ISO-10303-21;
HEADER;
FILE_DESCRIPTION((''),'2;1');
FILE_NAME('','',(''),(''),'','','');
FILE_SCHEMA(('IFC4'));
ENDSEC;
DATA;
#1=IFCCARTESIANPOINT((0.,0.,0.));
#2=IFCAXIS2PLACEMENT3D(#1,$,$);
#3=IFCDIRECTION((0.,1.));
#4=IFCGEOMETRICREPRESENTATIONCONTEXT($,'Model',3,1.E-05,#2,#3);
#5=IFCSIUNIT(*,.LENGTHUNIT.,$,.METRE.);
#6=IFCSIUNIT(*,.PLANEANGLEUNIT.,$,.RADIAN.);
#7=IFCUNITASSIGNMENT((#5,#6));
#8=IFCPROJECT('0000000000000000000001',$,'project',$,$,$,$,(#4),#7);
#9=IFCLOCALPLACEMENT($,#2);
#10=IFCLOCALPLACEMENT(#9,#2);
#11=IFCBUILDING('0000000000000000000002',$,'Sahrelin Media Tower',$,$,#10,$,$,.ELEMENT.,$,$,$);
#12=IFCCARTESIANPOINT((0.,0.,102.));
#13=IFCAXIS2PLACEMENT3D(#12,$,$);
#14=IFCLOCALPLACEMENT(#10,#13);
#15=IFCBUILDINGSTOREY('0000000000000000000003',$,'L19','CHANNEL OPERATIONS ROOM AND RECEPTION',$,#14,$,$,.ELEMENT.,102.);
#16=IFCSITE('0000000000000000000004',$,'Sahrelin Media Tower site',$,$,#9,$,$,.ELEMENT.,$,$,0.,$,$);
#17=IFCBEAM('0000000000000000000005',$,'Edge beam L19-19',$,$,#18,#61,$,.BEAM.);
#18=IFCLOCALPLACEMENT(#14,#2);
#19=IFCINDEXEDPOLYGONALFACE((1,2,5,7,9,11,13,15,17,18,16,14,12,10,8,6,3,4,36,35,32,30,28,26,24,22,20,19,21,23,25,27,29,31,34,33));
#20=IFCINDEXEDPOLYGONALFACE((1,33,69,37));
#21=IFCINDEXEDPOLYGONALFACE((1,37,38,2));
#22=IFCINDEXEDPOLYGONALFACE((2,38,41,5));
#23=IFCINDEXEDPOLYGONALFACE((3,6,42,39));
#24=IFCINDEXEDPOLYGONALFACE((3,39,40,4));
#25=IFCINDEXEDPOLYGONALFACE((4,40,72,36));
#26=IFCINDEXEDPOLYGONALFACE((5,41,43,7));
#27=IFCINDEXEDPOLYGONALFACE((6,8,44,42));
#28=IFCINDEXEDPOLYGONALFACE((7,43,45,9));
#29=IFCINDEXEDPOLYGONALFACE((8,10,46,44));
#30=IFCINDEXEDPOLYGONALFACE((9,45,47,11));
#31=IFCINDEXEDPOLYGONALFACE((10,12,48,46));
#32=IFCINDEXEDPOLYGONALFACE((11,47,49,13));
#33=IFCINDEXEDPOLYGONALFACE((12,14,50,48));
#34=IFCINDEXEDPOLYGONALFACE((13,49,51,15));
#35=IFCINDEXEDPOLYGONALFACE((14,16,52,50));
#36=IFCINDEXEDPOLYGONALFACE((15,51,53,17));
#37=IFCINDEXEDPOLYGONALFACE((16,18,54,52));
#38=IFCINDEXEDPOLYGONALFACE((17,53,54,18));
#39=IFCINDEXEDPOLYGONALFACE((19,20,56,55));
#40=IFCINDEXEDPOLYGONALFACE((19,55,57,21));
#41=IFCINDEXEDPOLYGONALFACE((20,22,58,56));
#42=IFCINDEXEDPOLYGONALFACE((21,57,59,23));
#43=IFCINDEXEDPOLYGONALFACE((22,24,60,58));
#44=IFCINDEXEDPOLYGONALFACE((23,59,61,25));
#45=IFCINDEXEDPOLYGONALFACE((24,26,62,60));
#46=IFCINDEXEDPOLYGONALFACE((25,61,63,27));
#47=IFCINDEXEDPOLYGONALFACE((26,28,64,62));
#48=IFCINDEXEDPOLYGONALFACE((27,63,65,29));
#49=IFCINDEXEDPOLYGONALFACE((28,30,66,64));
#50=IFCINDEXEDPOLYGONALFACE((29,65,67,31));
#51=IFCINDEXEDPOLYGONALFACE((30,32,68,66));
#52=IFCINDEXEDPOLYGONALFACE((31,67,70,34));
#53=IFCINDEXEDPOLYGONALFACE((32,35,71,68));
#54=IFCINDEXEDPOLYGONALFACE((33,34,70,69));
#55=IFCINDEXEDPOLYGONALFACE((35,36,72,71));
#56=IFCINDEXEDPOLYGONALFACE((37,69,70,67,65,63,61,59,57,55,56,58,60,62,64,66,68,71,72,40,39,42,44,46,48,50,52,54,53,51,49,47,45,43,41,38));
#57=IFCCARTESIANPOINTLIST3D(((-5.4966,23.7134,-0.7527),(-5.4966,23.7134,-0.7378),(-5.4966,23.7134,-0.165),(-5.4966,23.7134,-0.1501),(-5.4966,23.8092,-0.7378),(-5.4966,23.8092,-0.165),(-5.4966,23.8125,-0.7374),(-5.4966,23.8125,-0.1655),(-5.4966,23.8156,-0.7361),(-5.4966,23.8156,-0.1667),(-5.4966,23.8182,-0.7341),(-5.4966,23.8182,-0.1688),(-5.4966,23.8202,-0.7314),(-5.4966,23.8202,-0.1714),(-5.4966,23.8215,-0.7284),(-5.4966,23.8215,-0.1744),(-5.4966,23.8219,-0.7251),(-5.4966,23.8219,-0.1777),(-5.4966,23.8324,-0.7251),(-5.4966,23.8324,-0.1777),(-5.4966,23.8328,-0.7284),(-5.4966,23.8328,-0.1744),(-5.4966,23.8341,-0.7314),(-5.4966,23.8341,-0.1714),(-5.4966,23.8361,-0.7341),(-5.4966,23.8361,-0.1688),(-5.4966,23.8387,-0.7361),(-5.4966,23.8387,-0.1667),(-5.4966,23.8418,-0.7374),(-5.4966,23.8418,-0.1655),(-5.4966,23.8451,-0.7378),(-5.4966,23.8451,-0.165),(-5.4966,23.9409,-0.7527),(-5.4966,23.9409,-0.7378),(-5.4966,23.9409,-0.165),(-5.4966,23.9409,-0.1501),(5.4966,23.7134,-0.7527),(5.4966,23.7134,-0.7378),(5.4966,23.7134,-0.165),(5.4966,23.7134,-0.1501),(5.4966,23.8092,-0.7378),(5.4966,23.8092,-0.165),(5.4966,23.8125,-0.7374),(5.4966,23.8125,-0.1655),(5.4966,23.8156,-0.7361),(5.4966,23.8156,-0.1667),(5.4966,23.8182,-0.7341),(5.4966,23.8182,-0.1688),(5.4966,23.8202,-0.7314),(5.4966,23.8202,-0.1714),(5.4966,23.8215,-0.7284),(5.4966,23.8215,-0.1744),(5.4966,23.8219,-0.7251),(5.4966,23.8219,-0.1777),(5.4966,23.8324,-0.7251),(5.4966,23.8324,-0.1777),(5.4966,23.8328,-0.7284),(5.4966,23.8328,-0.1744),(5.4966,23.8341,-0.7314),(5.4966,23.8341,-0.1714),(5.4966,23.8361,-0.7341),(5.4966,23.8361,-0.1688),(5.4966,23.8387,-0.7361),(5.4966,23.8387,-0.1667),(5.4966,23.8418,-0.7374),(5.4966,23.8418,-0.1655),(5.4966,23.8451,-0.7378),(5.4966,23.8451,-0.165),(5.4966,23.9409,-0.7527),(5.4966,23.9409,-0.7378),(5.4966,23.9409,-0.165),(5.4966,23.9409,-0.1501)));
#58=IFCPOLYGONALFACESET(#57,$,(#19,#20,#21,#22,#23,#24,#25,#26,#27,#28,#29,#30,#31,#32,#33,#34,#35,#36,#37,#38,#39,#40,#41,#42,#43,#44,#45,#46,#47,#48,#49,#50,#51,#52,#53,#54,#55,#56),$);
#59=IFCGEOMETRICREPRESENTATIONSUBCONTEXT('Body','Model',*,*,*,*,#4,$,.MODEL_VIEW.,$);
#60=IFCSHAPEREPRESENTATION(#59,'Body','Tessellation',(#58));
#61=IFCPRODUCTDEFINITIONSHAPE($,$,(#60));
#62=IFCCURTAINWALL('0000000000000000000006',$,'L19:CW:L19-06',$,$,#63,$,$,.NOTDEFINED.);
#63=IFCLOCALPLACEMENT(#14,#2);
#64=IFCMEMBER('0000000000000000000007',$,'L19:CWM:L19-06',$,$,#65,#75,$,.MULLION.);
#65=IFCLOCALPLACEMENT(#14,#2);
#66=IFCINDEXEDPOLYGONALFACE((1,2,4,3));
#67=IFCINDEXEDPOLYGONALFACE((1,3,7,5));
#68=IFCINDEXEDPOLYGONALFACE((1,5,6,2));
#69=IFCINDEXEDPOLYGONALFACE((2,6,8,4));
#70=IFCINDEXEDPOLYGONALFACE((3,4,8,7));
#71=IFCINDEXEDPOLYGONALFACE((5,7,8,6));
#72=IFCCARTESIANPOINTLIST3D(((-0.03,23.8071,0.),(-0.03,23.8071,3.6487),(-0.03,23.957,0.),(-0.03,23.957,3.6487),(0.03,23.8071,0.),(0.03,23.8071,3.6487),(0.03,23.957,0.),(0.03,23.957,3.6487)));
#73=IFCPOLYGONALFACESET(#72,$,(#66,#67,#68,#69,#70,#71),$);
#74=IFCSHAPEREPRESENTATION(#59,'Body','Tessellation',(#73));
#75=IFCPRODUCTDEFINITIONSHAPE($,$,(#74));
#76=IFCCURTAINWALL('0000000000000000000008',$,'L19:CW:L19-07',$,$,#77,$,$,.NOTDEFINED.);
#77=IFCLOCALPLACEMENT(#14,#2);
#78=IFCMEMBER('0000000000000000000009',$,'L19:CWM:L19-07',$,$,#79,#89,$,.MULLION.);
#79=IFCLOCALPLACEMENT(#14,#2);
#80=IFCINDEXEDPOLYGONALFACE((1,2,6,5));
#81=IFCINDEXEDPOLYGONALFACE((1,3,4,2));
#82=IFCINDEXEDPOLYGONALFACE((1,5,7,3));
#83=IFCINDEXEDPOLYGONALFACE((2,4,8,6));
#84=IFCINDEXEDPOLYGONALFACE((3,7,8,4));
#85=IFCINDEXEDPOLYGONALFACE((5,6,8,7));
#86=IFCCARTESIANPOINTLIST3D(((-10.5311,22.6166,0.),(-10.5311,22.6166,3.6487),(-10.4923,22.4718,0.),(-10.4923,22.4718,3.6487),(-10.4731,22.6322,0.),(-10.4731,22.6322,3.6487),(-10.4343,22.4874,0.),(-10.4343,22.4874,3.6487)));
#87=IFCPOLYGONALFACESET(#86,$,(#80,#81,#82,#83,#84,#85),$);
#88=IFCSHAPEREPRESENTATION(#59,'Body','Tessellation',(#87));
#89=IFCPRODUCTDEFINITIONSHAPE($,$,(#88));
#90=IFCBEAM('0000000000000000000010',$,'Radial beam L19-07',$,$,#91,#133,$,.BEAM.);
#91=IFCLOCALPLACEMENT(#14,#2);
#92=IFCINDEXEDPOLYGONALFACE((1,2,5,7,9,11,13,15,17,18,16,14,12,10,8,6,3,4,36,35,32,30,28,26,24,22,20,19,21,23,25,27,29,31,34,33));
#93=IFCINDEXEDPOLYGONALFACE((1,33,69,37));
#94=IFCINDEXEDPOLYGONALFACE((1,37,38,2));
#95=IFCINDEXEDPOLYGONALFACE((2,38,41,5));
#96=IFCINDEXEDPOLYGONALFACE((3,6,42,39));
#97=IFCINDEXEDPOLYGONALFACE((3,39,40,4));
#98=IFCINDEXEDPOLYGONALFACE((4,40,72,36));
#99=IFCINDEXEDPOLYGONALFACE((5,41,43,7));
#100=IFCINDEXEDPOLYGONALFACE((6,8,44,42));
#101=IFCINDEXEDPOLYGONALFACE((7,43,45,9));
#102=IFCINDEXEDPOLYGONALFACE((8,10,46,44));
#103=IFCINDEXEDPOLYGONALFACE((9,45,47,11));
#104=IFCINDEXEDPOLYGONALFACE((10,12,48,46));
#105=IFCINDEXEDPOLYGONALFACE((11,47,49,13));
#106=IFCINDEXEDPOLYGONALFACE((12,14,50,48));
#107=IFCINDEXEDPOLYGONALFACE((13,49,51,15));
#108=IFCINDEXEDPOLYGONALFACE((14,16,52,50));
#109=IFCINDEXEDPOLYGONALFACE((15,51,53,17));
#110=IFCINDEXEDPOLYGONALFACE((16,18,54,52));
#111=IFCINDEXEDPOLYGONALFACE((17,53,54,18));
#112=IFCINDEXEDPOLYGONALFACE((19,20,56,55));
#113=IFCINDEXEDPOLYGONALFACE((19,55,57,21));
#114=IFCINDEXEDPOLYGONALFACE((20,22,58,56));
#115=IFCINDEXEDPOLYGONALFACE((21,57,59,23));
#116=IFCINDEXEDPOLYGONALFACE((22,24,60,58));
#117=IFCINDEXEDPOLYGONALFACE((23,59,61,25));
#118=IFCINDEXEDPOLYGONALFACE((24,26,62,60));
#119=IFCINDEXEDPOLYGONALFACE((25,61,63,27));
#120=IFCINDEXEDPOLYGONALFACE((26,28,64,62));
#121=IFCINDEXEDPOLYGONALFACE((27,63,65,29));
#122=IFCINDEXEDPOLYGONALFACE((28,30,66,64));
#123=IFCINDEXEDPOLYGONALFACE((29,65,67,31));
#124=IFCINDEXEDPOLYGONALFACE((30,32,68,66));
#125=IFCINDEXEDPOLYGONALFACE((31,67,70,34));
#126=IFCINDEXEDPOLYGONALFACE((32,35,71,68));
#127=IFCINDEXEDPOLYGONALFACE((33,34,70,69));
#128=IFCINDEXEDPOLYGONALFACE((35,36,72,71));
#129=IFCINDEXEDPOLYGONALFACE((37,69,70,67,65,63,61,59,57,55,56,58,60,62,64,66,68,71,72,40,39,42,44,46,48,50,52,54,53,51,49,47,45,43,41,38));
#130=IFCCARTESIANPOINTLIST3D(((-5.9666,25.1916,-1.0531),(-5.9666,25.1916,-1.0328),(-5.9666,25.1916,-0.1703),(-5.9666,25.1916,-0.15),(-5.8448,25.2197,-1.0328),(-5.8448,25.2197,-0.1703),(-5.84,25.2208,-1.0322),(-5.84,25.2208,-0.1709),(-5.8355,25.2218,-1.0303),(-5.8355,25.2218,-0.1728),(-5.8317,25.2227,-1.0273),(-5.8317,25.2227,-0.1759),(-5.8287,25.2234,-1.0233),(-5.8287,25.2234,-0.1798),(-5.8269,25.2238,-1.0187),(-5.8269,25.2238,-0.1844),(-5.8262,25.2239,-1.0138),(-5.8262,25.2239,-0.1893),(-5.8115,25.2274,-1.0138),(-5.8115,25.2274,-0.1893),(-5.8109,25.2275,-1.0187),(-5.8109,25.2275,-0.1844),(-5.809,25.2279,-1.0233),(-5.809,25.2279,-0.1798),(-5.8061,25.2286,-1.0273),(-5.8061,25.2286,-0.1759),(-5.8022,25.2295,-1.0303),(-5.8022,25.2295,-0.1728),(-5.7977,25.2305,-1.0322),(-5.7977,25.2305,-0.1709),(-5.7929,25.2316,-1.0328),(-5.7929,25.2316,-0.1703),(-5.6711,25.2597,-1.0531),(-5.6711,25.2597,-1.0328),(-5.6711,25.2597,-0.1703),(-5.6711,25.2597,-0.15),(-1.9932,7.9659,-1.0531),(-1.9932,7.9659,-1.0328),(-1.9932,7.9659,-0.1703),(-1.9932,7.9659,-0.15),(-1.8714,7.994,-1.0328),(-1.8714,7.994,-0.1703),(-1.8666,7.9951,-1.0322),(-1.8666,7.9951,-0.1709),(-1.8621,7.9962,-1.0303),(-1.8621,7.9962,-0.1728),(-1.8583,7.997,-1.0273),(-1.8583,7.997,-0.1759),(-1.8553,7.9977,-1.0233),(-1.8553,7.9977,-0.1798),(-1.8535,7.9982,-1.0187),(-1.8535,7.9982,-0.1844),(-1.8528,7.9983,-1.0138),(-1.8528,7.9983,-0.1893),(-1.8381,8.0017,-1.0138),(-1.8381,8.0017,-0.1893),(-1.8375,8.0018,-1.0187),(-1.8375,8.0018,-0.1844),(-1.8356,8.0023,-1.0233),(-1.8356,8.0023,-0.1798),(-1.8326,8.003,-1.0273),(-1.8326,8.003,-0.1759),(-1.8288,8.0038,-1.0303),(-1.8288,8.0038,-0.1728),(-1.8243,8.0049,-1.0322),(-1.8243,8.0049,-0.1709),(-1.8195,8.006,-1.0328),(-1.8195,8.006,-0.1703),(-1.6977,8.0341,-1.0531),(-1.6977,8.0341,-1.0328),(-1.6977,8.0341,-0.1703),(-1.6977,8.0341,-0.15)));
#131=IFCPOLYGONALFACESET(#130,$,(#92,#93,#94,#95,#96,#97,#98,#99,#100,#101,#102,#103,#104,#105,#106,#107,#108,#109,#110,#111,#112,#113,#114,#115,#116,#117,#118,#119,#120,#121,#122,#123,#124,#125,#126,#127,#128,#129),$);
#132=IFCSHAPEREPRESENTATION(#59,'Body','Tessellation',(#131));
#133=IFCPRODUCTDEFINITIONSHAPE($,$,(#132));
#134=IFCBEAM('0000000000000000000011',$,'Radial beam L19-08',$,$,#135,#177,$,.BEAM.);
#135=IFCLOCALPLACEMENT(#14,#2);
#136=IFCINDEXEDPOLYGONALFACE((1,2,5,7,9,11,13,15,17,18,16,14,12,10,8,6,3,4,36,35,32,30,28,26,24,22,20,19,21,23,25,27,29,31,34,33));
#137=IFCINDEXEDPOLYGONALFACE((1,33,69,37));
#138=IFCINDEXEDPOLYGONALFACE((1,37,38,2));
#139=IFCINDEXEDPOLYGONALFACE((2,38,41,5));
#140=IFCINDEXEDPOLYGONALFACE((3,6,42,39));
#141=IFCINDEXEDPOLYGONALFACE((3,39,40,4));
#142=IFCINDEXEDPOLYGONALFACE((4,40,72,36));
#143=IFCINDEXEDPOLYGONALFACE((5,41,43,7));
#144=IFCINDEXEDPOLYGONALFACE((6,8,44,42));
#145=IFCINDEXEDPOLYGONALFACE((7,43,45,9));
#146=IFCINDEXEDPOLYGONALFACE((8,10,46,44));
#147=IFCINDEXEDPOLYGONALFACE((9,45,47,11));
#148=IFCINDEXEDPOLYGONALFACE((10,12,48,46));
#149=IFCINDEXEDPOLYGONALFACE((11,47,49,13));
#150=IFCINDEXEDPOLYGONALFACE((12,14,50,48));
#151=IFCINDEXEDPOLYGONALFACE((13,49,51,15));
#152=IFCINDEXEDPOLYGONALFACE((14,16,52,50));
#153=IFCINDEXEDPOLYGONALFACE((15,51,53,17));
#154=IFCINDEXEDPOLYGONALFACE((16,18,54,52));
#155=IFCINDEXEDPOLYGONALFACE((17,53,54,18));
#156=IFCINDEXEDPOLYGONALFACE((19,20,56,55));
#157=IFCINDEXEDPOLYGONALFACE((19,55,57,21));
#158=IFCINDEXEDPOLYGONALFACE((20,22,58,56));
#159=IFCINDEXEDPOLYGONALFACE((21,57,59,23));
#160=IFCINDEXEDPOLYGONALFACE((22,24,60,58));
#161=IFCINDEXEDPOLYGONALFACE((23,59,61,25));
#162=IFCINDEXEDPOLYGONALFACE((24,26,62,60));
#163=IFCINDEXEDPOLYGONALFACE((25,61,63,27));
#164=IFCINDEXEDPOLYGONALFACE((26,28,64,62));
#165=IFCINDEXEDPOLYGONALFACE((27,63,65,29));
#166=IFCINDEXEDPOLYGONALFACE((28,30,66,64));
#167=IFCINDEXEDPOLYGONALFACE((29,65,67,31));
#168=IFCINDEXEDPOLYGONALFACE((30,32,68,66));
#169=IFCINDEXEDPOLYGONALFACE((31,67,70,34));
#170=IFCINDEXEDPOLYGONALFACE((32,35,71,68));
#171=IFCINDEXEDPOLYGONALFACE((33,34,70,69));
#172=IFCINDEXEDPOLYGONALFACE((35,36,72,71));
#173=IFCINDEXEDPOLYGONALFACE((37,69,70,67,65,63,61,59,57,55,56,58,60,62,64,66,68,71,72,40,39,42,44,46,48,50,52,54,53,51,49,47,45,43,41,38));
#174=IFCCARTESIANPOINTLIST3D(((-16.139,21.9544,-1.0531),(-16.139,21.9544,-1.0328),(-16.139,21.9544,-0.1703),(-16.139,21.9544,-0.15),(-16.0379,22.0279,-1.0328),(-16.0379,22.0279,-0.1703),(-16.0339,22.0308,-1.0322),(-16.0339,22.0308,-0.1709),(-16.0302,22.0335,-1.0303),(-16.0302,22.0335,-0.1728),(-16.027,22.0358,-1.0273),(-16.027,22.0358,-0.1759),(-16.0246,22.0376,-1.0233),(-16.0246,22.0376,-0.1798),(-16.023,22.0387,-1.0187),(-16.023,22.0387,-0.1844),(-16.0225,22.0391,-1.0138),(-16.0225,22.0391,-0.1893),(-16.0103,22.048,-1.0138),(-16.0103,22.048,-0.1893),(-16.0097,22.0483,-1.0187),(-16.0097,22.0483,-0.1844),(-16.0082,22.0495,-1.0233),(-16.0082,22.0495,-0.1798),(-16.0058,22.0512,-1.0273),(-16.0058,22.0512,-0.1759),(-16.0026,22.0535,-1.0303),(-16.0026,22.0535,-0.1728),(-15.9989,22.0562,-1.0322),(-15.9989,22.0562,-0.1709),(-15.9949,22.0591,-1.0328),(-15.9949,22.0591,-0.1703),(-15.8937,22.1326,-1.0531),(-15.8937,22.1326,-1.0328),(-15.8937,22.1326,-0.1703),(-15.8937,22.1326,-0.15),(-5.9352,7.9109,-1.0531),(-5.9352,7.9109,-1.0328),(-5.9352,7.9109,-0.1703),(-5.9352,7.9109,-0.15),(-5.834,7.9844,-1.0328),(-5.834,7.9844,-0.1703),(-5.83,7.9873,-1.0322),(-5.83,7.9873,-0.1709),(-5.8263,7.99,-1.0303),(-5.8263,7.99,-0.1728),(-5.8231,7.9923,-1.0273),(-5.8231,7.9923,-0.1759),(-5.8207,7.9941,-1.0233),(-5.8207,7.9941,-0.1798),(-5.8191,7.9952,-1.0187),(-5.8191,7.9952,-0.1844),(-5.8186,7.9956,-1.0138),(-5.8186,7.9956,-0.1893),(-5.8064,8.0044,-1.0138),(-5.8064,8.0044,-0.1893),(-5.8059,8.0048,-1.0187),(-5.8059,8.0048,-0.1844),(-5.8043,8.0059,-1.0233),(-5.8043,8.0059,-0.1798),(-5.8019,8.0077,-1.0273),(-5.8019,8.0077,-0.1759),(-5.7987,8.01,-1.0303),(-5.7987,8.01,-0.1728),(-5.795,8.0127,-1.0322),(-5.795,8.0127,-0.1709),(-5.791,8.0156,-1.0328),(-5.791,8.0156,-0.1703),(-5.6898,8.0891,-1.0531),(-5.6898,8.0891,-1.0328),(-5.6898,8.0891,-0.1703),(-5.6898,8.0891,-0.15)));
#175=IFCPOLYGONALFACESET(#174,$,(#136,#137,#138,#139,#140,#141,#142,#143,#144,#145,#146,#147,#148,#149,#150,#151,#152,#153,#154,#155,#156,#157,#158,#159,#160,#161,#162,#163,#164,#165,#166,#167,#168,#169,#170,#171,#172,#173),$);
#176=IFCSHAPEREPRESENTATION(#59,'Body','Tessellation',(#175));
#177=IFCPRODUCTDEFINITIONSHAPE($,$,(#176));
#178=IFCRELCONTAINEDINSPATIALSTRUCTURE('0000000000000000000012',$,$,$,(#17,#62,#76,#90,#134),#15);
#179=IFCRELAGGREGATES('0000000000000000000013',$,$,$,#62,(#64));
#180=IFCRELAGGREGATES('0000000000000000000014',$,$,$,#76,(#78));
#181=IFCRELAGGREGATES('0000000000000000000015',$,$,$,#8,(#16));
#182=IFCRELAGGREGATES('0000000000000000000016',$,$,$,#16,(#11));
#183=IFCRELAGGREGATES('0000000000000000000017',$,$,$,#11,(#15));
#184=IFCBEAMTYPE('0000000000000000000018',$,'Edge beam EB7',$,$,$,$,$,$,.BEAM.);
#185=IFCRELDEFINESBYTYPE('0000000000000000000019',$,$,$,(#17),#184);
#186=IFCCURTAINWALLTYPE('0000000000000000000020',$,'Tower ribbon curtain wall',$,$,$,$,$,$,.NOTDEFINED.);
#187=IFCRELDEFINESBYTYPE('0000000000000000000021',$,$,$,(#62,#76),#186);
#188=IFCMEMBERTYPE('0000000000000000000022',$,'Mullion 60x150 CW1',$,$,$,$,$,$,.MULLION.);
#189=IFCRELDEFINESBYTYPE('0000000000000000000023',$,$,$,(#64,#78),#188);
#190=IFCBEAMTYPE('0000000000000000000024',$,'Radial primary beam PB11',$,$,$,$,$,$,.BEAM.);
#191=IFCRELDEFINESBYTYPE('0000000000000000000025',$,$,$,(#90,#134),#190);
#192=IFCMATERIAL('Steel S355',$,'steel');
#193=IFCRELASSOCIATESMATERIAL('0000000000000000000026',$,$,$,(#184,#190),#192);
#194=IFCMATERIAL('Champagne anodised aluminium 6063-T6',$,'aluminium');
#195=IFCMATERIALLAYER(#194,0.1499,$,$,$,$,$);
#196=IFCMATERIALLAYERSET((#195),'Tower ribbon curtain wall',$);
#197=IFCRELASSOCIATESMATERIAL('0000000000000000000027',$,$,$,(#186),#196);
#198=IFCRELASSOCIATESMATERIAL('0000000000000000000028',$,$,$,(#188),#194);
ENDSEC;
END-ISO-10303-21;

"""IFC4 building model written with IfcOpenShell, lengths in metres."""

from ifc_helpers import new_model, si_unit, direction, frame, origin, origin_2d, place, context, subcontext, project, spatial, rectangle, i_section, extrude, material, layer, layer_set, material_profile, profile_set, type_object, element, aggregate, save


model = new_model("IFC4")

# Units and contexts
model_context = context("Model", 3, precision=1e-05, world=origin(), true_north=direction((0.0, 1.0)))
body_context = subcontext(model_context, "Body", "Model", "MODEL_VIEW")
ifc_project = project(units=[si_unit("LENGTHUNIT", "METRE"), si_unit("PLANEANGLEUNIT", "RADIAN")], contexts=[model_context])

# Site, building, storey
site_placement = place(None, origin())
site = spatial("IfcSite", under=ifc_project, at=site_placement, Name="Sahrelin Media Tower site", CompositionType="ELEMENT", RefElevation=0.0)
building_placement = place(site_placement, origin())
building = spatial("IfcBuilding", under=site, at=building_placement, Name="Sahrelin Media Tower", CompositionType="ELEMENT")
storey_placement = place(building_placement, frame((0.0, 0.0, 102.0)))
storey = spatial("IfcBuildingStorey", under=building, at=storey_placement, Name="L19", Description="CHANNEL OPERATIONS ROOM AND RECEPTION", CompositionType="ELEMENT", Elevation=102.0)

# Beam
ifc_material_1 = material(Name="Steel S355", Category="steel")
ifc_material_profile_1 = material_profile(ifc_material_1, i_section(OverallWidth=0.2275, OverallDepth=0.6025, WebThickness=0.0105, FlangeThickness=0.0149, FilletRadius=0.0127, at=origin_2d()), Name="UB 610x229x101")
ifc_profile_set_1 = profile_set([ifc_material_profile_1], Name="Steel S355")
beam_type_1 = type_object("IfcBeamType", Name="Edge beam EB7", PredefinedType="BEAM", material=ifc_profile_set_1)
beam_1_placement = place(storey_placement, frame((-5.4966, 23.8271, -0.4514), z_axis=(1.0, 0.0, 0.0), x_axis=(0.0, 1.0, 0.0)))
element("IfcBeam", 1, at=beam_1_placement, inside=storey, type_object=beam_type_1, Name="Edge beam L19-19", PredefinedType="BEAM", context=body_context, shape_type="SweptSolid", body=[
    extrude(i_section(OverallWidth=0.2275, OverallDepth=0.6025, WebThickness=0.0105, FlangeThickness=0.0149, FilletRadius=0.0127, at=origin_2d()), origin(), (0.0, 0.0, 1.0), 10.9932),
])

# Curtain walls, members
ifc_material_2 = material(Name="Champagne anodised aluminium 6063-T6", Category="aluminium")
ifc_layer_1 = layer(ifc_material_2, 0.1499)
ifc_layer_set_1 = layer_set([ifc_layer_1], Name="Tower ribbon curtain wall")
curtain_wall_type = type_object("IfcCurtainWallType", Name="Tower ribbon curtain wall", PredefinedType="NOTDEFINED", material=ifc_layer_set_1)
placement_1 = place(storey_placement, frame((0.0, 23.9771, 0.0), z_axis=(0.0, 0.0, 1.0), x_axis=(1.0, 0.0, 0.0)))
curtain_wall_1 = element("IfcCurtainWall", 2, at=placement_1, inside=storey, type_object=curtain_wall_type, Name="L19:CW:L19-06", PredefinedType="NOTDEFINED")
ifc_material_profile_2 = material_profile(ifc_material_2, rectangle(XDim=0.0601, YDim=0.1499, at=origin_2d()), Name="Mullion 60x150")
ifc_profile_set_2 = profile_set([ifc_material_profile_2], Name="Champagne anodised aluminium 6063-T6")
member_type_1 = type_object("IfcMemberType", Name="Mullion 60x150 CW1", PredefinedType="MULLION", material=ifc_profile_set_2)
member_1_placement = place(storey_placement, frame((0.0, 23.8821, 0.0), z_axis=(0.0, 0.0, 1.0), x_axis=(-1.0, 0.0, 0.0)))
member_1 = element("IfcMember", 3, at=member_1_placement, type_object=member_type_1, Name="L19:CWM:L19-06", PredefinedType="MULLION", context=body_context, shape_type="SweptSolid", body=[
    extrude(rectangle(XDim=0.0601, YDim=0.1499, at=origin_2d()), origin(), (0.0, 0.0, 1.0), 3.6487),
])
aggregate(curtain_wall_1, [member_1])
curtain_wall_2_placement = place(storey_placement, frame((-10.5073, 22.6438, 0.0), z_axis=(0.0, 0.0, 1.0), x_axis=(1.0, 0.0, 0.0)))
curtain_wall_2 = element("IfcCurtainWall", 4, at=curtain_wall_2_placement, inside=storey, type_object=curtain_wall_type, Name="L19:CW:L19-07", PredefinedType="NOTDEFINED")
member_2_placement = place(storey_placement, frame((-10.4827, 22.552, 0.0), z_axis=(0.0, 0.0, 1.0), x_axis=(-0.965926, -0.258817, 0.0)))
member_2 = element("IfcMember", 5, at=member_2_placement, type_object=member_type_1, Name="L19:CWM:L19-07", PredefinedType="MULLION", context=body_context, shape_type="SweptSolid", body=[
    extrude(rectangle(XDim=0.0601, YDim=0.1499, at=origin_2d()), origin(), (0.0, 0.0, 1.0), 3.6487),
])

# Beams
ifc_material_profile_3 = material_profile(ifc_material_1, i_section(OverallWidth=0.3032, OverallDepth=0.9031, WebThickness=0.0151, FlangeThickness=0.0203, FilletRadius=0.019, at=origin_2d()), Name="UB 914x305x201")
ifc_profile_set_3 = profile_set([ifc_material_profile_3], Name="Steel S355")
beam_type_2 = type_object("IfcBeamType", Name="Radial primary beam PB11", PredefinedType="BEAM", material=ifc_profile_set_3)
beam_2_placement = place(storey_placement, frame((-1.8455, 8.0, -0.6016), z_axis=(-0.224766, 0.974413, 0.0), x_axis=(-0.974413, -0.224766, 0.0)))
element("IfcBeam", 6, at=beam_2_placement, inside=storey, type_object=beam_type_2, Name="Radial beam L19-07", PredefinedType="BEAM", context=body_context, shape_type="SweptSolid", body=[
    extrude(i_section(OverallWidth=0.3032, OverallDepth=0.9031, WebThickness=0.0151, FlangeThickness=0.0203, FilletRadius=0.019, at=origin_2d()), origin(), (0.0, 0.0, 1.0), 17.678),
])
beam_3_placement = place(storey_placement, frame((-5.8125, 8.0, -0.6016), z_axis=(-0.587811, 0.808998, 0.0), x_axis=(-0.808998, -0.587811, 0.0)))
element("IfcBeam", 7, at=beam_3_placement, inside=storey, type_object=beam_type_2, Name="Radial beam L19-08", PredefinedType="BEAM", context=body_context, shape_type="SweptSolid", body=[
    extrude(i_section(OverallWidth=0.3032, OverallDepth=0.9031, WebThickness=0.0151, FlangeThickness=0.0203, FilletRadius=0.019, at=origin_2d()), origin(), (0.0, 0.0, 1.0), 17.3591),
])

aggregate(curtain_wall_2, [member_2])

save(model, "model.ifc")
